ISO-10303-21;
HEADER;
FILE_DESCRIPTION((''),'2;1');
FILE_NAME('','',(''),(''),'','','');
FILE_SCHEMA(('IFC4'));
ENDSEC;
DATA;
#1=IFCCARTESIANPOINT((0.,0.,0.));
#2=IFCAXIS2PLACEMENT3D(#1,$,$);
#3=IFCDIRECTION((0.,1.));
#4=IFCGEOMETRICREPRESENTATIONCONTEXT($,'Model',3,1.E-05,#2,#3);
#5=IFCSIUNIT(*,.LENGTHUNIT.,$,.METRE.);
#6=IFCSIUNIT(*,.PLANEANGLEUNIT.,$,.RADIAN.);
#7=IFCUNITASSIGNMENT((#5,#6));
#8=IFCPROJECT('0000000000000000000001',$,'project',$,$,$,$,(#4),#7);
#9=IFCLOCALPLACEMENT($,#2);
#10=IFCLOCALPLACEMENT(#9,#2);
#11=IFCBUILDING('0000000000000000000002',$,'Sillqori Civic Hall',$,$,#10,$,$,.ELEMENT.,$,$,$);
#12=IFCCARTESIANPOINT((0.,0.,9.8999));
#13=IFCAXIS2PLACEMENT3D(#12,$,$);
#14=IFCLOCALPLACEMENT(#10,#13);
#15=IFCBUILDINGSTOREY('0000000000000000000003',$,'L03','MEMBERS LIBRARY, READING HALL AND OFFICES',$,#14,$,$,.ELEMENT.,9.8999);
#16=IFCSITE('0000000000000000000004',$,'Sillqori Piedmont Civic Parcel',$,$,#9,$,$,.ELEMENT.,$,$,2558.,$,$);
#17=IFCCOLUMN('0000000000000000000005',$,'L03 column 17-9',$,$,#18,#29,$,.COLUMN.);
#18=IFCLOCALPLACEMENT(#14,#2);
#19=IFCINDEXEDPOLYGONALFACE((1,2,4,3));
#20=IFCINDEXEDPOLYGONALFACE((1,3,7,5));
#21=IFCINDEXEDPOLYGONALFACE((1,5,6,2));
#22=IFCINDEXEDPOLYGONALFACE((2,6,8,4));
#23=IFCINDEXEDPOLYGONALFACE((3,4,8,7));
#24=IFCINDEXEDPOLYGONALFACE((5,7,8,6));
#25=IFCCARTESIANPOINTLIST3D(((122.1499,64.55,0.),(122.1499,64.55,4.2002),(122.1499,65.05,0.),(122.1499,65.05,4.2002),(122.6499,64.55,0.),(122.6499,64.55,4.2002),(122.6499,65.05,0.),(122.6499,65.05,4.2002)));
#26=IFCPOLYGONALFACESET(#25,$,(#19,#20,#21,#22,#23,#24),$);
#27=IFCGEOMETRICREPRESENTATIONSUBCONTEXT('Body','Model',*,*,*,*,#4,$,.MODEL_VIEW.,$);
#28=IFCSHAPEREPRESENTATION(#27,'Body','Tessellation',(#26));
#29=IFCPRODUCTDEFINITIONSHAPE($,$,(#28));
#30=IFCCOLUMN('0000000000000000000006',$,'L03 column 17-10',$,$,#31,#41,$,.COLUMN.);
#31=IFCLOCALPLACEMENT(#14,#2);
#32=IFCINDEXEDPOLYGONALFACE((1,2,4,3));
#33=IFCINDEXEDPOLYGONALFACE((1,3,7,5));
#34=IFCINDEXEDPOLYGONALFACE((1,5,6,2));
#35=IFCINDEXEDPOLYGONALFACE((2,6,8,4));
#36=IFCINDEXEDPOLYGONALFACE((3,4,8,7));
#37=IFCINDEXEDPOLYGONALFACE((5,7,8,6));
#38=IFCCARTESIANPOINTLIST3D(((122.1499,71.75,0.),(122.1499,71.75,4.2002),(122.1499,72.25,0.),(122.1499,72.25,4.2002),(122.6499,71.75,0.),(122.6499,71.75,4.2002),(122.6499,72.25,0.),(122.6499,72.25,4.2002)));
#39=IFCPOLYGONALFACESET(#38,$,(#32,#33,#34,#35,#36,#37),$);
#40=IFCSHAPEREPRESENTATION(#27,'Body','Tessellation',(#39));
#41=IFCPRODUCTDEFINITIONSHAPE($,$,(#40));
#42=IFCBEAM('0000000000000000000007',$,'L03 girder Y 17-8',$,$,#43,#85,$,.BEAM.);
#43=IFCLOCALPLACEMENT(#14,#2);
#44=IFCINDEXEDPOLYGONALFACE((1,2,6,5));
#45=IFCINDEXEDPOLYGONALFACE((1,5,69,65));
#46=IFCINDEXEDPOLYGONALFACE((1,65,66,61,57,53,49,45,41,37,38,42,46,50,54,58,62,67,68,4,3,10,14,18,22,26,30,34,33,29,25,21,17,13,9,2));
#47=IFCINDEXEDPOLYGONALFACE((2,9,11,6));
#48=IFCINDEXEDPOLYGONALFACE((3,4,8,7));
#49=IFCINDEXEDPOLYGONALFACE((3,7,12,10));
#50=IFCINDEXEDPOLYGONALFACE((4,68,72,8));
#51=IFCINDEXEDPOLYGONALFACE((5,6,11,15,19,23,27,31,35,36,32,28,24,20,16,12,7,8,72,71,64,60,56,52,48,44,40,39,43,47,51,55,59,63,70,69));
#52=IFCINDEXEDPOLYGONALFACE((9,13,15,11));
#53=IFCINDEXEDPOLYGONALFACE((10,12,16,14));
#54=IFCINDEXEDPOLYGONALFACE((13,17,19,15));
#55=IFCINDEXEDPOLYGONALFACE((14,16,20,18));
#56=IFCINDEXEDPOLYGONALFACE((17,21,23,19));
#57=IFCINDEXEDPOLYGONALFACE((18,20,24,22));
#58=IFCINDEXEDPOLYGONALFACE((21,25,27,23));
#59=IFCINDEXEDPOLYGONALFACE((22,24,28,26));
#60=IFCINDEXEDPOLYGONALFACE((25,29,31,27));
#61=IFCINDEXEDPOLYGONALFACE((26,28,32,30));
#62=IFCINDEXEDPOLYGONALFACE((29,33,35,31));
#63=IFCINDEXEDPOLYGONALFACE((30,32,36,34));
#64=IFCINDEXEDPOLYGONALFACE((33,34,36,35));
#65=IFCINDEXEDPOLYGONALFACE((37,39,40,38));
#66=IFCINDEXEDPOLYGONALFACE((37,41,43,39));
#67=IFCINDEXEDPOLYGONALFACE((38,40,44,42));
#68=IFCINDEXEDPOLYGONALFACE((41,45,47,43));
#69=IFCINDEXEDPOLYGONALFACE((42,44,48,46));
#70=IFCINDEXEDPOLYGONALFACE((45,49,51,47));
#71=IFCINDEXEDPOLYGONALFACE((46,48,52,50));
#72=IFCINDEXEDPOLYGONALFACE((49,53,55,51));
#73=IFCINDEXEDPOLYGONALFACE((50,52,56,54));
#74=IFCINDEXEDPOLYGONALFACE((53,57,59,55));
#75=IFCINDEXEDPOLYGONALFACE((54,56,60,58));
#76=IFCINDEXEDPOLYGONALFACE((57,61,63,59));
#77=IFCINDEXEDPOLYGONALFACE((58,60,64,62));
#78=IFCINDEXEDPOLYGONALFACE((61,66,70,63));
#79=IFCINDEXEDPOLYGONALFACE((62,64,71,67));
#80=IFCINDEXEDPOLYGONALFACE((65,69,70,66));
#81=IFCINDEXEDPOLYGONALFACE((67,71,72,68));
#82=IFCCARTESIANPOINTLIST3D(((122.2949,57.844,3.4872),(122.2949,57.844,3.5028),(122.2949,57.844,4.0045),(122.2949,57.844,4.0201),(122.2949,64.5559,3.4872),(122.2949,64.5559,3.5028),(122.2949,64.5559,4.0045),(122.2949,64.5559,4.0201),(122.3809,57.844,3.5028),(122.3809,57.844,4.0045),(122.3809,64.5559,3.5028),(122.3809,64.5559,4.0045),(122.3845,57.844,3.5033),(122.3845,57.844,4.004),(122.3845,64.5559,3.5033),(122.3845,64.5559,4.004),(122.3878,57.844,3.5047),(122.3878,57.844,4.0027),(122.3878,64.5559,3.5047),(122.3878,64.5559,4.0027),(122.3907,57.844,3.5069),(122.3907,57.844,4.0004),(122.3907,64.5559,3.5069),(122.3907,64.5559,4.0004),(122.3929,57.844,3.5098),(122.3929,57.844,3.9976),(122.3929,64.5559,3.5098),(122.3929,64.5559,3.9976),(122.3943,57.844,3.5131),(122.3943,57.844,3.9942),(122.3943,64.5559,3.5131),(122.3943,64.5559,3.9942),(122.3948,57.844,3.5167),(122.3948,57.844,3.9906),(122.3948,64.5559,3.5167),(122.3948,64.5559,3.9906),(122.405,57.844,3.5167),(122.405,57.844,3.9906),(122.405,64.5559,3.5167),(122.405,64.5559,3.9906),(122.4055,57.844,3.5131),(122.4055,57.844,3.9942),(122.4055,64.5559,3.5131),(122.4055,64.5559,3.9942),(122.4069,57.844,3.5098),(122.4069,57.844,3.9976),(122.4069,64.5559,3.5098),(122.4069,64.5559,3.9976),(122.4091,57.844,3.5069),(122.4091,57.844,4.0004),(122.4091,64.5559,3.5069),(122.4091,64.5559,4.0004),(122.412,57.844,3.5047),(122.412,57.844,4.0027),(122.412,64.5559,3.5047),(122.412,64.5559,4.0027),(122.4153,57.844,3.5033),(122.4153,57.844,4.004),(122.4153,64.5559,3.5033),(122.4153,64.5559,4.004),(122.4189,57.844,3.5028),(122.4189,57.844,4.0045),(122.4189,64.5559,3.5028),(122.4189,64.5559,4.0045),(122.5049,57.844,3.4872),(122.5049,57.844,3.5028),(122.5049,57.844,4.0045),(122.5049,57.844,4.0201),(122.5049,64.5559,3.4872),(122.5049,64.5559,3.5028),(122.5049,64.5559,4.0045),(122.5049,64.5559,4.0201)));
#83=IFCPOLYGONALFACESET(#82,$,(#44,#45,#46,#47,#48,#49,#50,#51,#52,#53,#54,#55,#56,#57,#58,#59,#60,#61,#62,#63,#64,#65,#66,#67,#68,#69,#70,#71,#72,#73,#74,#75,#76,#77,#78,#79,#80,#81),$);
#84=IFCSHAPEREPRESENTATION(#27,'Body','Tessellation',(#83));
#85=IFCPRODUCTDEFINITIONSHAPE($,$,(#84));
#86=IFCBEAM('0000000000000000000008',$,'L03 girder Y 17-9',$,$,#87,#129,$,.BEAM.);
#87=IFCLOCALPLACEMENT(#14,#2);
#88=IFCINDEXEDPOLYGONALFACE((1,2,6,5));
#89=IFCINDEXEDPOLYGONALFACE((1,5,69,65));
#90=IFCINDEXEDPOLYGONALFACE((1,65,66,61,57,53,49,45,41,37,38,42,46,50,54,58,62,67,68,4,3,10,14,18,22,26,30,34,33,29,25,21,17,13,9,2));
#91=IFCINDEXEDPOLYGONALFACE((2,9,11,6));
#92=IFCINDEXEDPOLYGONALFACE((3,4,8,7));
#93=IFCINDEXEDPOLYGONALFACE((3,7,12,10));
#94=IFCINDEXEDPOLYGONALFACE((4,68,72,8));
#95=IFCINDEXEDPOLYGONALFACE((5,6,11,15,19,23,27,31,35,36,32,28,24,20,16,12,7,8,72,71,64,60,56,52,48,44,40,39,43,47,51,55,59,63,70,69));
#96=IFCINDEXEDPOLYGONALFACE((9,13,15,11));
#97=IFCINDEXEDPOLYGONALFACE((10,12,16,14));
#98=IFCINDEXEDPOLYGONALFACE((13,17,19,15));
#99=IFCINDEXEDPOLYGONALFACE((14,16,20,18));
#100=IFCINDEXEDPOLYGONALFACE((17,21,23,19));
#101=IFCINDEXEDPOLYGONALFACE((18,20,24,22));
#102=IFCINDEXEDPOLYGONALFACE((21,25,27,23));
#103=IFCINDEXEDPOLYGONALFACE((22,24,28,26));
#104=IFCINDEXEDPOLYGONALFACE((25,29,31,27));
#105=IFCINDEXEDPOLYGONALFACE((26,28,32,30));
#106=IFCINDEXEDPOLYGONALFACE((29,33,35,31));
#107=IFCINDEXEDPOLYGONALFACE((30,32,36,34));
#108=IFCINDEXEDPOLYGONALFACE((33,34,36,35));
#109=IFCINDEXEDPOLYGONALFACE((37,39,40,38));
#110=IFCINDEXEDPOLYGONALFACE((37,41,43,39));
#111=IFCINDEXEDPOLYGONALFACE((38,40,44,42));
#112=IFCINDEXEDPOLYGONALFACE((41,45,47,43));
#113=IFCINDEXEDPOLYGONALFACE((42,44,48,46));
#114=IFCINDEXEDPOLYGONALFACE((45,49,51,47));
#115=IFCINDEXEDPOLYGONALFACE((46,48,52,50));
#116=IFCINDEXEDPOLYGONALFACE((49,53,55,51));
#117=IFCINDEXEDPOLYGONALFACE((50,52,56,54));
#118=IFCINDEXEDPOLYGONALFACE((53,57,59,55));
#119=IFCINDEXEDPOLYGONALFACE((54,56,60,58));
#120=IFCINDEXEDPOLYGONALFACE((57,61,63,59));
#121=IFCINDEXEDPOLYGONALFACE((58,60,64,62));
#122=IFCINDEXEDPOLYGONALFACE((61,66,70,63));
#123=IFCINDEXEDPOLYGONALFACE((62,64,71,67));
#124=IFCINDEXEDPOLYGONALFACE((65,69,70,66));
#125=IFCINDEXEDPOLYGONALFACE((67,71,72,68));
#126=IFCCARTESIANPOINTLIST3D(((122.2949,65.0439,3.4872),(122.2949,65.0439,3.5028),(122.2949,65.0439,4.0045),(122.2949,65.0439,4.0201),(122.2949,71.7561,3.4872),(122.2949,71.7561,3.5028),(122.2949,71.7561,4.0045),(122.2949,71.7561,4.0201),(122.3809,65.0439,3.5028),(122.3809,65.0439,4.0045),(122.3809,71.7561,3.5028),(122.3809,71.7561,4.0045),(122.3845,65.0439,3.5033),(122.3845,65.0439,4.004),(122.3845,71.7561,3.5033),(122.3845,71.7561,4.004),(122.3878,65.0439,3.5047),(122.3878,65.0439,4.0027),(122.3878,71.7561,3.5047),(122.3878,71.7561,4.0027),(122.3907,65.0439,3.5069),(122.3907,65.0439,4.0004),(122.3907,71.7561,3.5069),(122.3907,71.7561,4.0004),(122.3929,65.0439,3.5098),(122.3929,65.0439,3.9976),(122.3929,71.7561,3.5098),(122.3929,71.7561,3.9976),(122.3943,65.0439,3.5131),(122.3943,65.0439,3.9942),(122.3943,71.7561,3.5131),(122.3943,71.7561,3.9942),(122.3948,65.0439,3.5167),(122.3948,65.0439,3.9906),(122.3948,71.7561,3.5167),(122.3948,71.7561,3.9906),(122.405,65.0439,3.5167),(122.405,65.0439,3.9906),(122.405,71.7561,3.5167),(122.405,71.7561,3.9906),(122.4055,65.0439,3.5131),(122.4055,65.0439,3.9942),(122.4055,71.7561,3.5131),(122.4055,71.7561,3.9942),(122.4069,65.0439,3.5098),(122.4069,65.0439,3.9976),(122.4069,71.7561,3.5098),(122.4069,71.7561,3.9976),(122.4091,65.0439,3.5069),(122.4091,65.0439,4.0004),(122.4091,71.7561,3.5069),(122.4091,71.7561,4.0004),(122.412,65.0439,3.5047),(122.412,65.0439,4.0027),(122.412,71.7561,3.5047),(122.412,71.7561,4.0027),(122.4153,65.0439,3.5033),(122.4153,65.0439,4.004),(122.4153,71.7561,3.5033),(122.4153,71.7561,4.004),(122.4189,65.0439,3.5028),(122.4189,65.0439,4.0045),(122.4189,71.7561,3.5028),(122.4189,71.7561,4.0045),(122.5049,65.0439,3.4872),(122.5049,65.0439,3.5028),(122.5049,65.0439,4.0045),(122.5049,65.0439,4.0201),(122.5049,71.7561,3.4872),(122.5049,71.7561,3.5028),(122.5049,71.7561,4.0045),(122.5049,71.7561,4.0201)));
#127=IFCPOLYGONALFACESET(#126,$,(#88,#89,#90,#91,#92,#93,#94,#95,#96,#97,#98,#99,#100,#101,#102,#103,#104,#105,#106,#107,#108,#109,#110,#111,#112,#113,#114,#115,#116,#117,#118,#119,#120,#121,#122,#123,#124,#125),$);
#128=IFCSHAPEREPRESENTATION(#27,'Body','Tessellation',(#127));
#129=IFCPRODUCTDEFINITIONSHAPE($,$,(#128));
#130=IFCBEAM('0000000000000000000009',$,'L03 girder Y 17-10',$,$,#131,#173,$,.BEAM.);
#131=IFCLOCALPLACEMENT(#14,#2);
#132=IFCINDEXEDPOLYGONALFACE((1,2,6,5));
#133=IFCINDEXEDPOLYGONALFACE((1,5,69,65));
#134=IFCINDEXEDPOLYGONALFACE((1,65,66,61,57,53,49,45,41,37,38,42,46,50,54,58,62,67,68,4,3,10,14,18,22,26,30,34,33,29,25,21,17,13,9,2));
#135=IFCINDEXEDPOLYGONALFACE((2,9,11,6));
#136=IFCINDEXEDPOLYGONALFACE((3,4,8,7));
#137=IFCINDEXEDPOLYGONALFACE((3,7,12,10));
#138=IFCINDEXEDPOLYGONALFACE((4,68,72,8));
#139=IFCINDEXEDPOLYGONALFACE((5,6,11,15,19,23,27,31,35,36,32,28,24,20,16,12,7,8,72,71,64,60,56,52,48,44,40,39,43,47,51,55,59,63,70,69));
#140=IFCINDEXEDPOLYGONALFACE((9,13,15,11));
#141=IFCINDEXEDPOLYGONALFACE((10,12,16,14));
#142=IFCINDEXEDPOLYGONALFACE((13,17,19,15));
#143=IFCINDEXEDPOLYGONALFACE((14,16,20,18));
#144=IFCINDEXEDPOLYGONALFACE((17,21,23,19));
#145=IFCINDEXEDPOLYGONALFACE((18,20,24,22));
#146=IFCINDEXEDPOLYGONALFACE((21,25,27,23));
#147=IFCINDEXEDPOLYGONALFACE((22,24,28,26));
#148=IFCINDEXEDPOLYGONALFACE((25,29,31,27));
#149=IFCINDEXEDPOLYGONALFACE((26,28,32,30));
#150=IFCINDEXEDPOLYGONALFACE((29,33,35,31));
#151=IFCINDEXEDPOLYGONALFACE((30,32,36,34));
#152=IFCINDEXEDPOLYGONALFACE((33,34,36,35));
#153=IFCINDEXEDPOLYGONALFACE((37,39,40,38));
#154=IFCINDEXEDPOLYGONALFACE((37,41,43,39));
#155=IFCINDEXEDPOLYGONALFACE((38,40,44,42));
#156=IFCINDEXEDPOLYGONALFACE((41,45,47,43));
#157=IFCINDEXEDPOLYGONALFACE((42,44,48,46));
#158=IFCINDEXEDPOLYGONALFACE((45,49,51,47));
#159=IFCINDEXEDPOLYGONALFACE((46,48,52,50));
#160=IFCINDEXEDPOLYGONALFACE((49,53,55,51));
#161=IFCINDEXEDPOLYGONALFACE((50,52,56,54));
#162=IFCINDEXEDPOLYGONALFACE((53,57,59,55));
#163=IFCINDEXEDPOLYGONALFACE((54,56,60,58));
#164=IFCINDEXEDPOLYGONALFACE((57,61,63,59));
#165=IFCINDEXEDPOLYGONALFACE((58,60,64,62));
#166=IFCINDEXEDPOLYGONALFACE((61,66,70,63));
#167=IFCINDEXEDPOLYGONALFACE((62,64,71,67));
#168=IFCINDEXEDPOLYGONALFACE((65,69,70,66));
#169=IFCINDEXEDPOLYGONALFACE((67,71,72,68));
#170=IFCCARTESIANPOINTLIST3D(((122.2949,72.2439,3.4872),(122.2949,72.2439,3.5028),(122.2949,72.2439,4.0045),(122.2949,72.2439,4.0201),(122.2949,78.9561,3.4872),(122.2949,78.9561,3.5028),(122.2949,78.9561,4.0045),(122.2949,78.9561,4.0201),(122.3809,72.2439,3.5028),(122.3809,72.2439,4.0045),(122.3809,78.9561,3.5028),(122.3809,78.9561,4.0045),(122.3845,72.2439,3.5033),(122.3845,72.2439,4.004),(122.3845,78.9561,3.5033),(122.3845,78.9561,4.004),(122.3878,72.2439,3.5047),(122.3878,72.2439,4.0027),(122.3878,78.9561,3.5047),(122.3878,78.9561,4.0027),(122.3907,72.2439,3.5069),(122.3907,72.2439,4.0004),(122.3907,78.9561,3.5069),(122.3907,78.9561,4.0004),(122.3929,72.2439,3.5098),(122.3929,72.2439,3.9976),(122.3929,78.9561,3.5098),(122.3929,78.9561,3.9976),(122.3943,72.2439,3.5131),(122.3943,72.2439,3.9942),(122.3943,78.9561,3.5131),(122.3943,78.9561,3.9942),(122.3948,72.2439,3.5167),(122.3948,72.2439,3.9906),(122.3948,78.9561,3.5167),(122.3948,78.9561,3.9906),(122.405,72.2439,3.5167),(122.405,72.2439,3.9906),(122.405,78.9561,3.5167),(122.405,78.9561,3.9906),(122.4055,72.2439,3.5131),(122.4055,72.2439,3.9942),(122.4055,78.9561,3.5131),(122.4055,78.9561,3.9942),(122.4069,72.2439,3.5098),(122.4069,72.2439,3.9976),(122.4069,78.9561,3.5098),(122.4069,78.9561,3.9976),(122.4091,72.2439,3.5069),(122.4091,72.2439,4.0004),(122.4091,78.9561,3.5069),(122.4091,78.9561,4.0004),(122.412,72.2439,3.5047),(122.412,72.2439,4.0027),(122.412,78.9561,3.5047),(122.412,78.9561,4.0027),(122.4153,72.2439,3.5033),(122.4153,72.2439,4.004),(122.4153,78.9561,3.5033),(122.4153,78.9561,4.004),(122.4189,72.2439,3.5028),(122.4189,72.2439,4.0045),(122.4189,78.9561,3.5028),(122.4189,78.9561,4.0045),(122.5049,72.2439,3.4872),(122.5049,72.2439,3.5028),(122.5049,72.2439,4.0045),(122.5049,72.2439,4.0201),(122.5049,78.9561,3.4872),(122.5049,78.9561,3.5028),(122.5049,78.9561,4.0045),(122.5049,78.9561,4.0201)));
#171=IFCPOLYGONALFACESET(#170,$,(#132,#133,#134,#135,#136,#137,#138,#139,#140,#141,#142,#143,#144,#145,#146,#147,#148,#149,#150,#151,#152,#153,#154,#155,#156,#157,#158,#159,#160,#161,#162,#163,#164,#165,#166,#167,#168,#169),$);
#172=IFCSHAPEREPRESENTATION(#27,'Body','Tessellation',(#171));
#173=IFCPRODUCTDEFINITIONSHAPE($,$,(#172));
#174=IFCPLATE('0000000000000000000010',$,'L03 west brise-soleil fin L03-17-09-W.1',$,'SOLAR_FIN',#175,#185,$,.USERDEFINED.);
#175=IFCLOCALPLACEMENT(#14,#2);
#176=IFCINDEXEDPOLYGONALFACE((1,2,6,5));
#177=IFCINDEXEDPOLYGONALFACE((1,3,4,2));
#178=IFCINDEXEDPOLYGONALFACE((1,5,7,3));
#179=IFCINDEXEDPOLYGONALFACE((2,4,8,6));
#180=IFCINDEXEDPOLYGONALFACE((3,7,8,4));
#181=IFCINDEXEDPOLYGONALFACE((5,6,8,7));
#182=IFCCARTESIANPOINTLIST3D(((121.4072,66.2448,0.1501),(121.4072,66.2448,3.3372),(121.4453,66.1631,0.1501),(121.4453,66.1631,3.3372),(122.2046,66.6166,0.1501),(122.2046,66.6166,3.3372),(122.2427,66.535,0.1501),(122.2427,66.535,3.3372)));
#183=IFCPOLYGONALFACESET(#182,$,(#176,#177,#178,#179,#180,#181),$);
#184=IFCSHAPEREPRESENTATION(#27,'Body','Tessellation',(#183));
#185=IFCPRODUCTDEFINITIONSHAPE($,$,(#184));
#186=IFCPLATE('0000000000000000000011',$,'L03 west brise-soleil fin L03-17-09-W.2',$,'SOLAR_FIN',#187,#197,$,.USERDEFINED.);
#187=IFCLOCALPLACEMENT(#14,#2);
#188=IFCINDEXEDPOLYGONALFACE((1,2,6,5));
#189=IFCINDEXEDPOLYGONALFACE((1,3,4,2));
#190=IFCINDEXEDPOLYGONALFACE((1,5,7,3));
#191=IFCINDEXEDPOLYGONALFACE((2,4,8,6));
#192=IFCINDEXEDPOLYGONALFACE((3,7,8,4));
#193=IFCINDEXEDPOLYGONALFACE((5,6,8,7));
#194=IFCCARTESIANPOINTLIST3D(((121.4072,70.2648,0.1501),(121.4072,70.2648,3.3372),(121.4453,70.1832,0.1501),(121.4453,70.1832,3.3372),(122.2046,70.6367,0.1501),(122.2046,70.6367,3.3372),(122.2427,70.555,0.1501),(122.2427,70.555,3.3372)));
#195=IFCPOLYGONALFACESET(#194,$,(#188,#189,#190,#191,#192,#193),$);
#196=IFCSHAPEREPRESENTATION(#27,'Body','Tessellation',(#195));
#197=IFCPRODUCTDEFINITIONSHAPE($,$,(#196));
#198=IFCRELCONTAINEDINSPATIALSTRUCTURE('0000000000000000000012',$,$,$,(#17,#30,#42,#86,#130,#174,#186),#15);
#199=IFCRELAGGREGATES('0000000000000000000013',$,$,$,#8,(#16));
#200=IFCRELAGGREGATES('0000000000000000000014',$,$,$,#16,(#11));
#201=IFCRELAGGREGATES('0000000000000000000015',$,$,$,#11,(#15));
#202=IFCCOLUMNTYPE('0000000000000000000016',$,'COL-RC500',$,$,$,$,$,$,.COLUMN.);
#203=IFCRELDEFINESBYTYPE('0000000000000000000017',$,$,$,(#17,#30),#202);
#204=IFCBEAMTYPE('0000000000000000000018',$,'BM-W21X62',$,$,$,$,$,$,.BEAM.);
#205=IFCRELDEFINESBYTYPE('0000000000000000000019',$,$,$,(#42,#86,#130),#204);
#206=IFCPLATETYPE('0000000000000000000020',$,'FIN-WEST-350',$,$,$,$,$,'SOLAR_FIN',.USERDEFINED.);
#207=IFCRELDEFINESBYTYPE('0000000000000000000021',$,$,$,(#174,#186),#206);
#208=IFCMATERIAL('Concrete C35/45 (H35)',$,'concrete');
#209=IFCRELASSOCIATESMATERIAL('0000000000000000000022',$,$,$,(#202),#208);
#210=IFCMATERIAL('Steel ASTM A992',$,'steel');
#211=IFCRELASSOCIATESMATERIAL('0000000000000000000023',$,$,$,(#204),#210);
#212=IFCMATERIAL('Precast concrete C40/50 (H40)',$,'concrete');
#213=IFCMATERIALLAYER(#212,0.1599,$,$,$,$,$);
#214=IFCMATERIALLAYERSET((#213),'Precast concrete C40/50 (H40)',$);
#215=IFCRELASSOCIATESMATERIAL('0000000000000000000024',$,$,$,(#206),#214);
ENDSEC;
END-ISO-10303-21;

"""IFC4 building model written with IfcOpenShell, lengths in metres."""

from ifc_helpers import new_model, si_unit, direction, frame, origin, origin_2d, place, context, subcontext, project, spatial, rectangle, i_section, extrude, material, layer, layer_set, material_profile, profile_set, type_object, element, save


model = new_model("IFC4")

# Units and contexts
model_context = context("Model", 3, precision=1e-05, world=origin(), true_north=direction((0.0, 1.0)))
body_context = subcontext(model_context, "Body", "Model", "MODEL_VIEW")
ifc_project = project(units=[si_unit("LENGTHUNIT", "METRE"), si_unit("PLANEANGLEUNIT", "RADIAN")], contexts=[model_context])

# Site, building, storey
site_placement = place(None, origin())
site = spatial("IfcSite", under=ifc_project, at=site_placement, Name="Sillqori Piedmont Civic Parcel", CompositionType="ELEMENT", RefElevation=2558.0)
building_placement = place(site_placement, origin())
building = spatial("IfcBuilding", under=site, at=building_placement, Name="Sillqori Civic Hall", CompositionType="ELEMENT")
storey_placement = place(building_placement, frame((0.0, 0.0, 9.8999)))
storey = spatial("IfcBuildingStorey", under=building, at=storey_placement, Name="L03", Description="MEMBERS LIBRARY, READING HALL AND OFFICES", CompositionType="ELEMENT", Elevation=9.8999)

# Columns
ifc_material_1 = material(Name="Concrete C35/45 (H35)", Category="concrete")
ifc_material_profile_1 = material_profile(ifc_material_1, rectangle(XDim=0.5, YDim=0.5, at=origin_2d()), Name="RC 500x500")
ifc_profile_set_1 = profile_set([ifc_material_profile_1], Name="Concrete C35/45 (H35)")
column_type = type_object("IfcColumnType", Name="COL-RC500", PredefinedType="COLUMN", material=ifc_profile_set_1)
for number, where, z_axis, x_axis, name in (
    (1, (122.3999, 64.8, 0.0), (0.0, 0.0, 1.0), (1.0, 0.0, 0.0), "L03 column 17-9"),
    (2, (122.3999, 72.0, 0.0), (0.0, 0.0, 1.0), (1.0, 0.0, 0.0), "L03 column 17-10"),
):
    element("IfcColumn", number, at=place(storey_placement, frame(where, z_axis=z_axis, x_axis=x_axis)), inside=storey, type_object=column_type, Name=name, PredefinedType="COLUMN", context=body_context, shape_type="SweptSolid", body=[
        extrude(rectangle(XDim=0.5, YDim=0.5, at=origin_2d()), origin(), (0.0, 0.0, 1.0), 4.2002),
    ])

# Beams
ifc_material_2 = material(Name="Steel ASTM A992", Category="steel")
ifc_material_profile_2 = material_profile(ifc_material_2, i_section(OverallWidth=0.21, OverallDepth=0.533, WebThickness=0.0103, FlangeThickness=0.0156, FilletRadius=0.0139, at=origin_2d()), Name="W21X62")
ifc_profile_set_2 = profile_set([ifc_material_profile_2], Name="Steel ASTM A992")
beam_type = type_object("IfcBeamType", Name="BM-W21X62", PredefinedType="BEAM", material=ifc_profile_set_2)
beam_placement = place(storey_placement, frame((122.3999, 57.844, 3.7537), z_axis=(0.0, 1.0, 0.0), x_axis=(-1.0, 0.0, 0.0)))
element("IfcBeam", 3, at=beam_placement, inside=storey, type_object=beam_type, Name="L03 girder Y 17-8", PredefinedType="BEAM", context=body_context, shape_type="SweptSolid", body=[
    extrude(i_section(OverallWidth=0.21, OverallDepth=0.533, WebThickness=0.0103, FlangeThickness=0.0156, FilletRadius=0.0139, at=origin_2d()), origin(), (0.0, 0.0, 1.0), 6.7119),
])
for number, where, z_axis, x_axis, name in (
    (4, (122.3999, 65.0439, 3.7537), (0.0, 1.0, 0.0), (-1.0, 0.0, 0.0), "L03 girder Y 17-9"),
    (5, (122.3999, 72.2439, 3.7537), (0.0, 1.0, 0.0), (-1.0, 0.0, 0.0), "L03 girder Y 17-10"),
):
    element("IfcBeam", number, at=place(storey_placement, frame(where, z_axis=z_axis, x_axis=x_axis)), inside=storey, type_object=beam_type, Name=name, PredefinedType="BEAM", context=body_context, shape_type="SweptSolid", body=[
        extrude(i_section(OverallWidth=0.21, OverallDepth=0.533, WebThickness=0.0103, FlangeThickness=0.0156, FilletRadius=0.0139, at=origin_2d()), origin(), (0.0, 0.0, 1.0), 6.7122),
    ])

# Plates
ifc_material_3 = material(Name="Precast concrete C40/50 (H40)", Category="concrete")
ifc_layer_1 = layer(ifc_material_3, 0.1599)
ifc_layer_set_1 = layer_set([ifc_layer_1], Name="Precast concrete C40/50 (H40)")
plate_type_1 = type_object("IfcPlateType", Name="FIN-WEST-350", ElementType="SOLAR_FIN", PredefinedType="USERDEFINED", material=ifc_layer_set_1)
for number, where, z_axis, x_axis, name in (
    (6, (121.825, 66.3899, 0.1501), (0.0, 0.0, 1.0), (-0.422618, 0.906308, 0.0), "L03 west brise-soleil fin L03-17-09-W.1"),
    (7, (121.825, 70.4099, 0.1501), (0.0, 0.0, 1.0), (-0.422618, 0.906308, 0.0), "L03 west brise-soleil fin L03-17-09-W.2"),
):
    element("IfcPlate", number, at=place(storey_placement, frame(where, z_axis=z_axis, x_axis=x_axis)), inside=storey, type_object=plate_type_1, Name=name, ObjectType="SOLAR_FIN", PredefinedType="USERDEFINED", context=body_context, shape_type="SweptSolid", body=[
        extrude(rectangle(XDim=0.0901, YDim=0.8799, at=origin_2d()), origin(), (0.0, 0.0, 1.0), 3.187),
    ])

save(model, "model.ifc")
